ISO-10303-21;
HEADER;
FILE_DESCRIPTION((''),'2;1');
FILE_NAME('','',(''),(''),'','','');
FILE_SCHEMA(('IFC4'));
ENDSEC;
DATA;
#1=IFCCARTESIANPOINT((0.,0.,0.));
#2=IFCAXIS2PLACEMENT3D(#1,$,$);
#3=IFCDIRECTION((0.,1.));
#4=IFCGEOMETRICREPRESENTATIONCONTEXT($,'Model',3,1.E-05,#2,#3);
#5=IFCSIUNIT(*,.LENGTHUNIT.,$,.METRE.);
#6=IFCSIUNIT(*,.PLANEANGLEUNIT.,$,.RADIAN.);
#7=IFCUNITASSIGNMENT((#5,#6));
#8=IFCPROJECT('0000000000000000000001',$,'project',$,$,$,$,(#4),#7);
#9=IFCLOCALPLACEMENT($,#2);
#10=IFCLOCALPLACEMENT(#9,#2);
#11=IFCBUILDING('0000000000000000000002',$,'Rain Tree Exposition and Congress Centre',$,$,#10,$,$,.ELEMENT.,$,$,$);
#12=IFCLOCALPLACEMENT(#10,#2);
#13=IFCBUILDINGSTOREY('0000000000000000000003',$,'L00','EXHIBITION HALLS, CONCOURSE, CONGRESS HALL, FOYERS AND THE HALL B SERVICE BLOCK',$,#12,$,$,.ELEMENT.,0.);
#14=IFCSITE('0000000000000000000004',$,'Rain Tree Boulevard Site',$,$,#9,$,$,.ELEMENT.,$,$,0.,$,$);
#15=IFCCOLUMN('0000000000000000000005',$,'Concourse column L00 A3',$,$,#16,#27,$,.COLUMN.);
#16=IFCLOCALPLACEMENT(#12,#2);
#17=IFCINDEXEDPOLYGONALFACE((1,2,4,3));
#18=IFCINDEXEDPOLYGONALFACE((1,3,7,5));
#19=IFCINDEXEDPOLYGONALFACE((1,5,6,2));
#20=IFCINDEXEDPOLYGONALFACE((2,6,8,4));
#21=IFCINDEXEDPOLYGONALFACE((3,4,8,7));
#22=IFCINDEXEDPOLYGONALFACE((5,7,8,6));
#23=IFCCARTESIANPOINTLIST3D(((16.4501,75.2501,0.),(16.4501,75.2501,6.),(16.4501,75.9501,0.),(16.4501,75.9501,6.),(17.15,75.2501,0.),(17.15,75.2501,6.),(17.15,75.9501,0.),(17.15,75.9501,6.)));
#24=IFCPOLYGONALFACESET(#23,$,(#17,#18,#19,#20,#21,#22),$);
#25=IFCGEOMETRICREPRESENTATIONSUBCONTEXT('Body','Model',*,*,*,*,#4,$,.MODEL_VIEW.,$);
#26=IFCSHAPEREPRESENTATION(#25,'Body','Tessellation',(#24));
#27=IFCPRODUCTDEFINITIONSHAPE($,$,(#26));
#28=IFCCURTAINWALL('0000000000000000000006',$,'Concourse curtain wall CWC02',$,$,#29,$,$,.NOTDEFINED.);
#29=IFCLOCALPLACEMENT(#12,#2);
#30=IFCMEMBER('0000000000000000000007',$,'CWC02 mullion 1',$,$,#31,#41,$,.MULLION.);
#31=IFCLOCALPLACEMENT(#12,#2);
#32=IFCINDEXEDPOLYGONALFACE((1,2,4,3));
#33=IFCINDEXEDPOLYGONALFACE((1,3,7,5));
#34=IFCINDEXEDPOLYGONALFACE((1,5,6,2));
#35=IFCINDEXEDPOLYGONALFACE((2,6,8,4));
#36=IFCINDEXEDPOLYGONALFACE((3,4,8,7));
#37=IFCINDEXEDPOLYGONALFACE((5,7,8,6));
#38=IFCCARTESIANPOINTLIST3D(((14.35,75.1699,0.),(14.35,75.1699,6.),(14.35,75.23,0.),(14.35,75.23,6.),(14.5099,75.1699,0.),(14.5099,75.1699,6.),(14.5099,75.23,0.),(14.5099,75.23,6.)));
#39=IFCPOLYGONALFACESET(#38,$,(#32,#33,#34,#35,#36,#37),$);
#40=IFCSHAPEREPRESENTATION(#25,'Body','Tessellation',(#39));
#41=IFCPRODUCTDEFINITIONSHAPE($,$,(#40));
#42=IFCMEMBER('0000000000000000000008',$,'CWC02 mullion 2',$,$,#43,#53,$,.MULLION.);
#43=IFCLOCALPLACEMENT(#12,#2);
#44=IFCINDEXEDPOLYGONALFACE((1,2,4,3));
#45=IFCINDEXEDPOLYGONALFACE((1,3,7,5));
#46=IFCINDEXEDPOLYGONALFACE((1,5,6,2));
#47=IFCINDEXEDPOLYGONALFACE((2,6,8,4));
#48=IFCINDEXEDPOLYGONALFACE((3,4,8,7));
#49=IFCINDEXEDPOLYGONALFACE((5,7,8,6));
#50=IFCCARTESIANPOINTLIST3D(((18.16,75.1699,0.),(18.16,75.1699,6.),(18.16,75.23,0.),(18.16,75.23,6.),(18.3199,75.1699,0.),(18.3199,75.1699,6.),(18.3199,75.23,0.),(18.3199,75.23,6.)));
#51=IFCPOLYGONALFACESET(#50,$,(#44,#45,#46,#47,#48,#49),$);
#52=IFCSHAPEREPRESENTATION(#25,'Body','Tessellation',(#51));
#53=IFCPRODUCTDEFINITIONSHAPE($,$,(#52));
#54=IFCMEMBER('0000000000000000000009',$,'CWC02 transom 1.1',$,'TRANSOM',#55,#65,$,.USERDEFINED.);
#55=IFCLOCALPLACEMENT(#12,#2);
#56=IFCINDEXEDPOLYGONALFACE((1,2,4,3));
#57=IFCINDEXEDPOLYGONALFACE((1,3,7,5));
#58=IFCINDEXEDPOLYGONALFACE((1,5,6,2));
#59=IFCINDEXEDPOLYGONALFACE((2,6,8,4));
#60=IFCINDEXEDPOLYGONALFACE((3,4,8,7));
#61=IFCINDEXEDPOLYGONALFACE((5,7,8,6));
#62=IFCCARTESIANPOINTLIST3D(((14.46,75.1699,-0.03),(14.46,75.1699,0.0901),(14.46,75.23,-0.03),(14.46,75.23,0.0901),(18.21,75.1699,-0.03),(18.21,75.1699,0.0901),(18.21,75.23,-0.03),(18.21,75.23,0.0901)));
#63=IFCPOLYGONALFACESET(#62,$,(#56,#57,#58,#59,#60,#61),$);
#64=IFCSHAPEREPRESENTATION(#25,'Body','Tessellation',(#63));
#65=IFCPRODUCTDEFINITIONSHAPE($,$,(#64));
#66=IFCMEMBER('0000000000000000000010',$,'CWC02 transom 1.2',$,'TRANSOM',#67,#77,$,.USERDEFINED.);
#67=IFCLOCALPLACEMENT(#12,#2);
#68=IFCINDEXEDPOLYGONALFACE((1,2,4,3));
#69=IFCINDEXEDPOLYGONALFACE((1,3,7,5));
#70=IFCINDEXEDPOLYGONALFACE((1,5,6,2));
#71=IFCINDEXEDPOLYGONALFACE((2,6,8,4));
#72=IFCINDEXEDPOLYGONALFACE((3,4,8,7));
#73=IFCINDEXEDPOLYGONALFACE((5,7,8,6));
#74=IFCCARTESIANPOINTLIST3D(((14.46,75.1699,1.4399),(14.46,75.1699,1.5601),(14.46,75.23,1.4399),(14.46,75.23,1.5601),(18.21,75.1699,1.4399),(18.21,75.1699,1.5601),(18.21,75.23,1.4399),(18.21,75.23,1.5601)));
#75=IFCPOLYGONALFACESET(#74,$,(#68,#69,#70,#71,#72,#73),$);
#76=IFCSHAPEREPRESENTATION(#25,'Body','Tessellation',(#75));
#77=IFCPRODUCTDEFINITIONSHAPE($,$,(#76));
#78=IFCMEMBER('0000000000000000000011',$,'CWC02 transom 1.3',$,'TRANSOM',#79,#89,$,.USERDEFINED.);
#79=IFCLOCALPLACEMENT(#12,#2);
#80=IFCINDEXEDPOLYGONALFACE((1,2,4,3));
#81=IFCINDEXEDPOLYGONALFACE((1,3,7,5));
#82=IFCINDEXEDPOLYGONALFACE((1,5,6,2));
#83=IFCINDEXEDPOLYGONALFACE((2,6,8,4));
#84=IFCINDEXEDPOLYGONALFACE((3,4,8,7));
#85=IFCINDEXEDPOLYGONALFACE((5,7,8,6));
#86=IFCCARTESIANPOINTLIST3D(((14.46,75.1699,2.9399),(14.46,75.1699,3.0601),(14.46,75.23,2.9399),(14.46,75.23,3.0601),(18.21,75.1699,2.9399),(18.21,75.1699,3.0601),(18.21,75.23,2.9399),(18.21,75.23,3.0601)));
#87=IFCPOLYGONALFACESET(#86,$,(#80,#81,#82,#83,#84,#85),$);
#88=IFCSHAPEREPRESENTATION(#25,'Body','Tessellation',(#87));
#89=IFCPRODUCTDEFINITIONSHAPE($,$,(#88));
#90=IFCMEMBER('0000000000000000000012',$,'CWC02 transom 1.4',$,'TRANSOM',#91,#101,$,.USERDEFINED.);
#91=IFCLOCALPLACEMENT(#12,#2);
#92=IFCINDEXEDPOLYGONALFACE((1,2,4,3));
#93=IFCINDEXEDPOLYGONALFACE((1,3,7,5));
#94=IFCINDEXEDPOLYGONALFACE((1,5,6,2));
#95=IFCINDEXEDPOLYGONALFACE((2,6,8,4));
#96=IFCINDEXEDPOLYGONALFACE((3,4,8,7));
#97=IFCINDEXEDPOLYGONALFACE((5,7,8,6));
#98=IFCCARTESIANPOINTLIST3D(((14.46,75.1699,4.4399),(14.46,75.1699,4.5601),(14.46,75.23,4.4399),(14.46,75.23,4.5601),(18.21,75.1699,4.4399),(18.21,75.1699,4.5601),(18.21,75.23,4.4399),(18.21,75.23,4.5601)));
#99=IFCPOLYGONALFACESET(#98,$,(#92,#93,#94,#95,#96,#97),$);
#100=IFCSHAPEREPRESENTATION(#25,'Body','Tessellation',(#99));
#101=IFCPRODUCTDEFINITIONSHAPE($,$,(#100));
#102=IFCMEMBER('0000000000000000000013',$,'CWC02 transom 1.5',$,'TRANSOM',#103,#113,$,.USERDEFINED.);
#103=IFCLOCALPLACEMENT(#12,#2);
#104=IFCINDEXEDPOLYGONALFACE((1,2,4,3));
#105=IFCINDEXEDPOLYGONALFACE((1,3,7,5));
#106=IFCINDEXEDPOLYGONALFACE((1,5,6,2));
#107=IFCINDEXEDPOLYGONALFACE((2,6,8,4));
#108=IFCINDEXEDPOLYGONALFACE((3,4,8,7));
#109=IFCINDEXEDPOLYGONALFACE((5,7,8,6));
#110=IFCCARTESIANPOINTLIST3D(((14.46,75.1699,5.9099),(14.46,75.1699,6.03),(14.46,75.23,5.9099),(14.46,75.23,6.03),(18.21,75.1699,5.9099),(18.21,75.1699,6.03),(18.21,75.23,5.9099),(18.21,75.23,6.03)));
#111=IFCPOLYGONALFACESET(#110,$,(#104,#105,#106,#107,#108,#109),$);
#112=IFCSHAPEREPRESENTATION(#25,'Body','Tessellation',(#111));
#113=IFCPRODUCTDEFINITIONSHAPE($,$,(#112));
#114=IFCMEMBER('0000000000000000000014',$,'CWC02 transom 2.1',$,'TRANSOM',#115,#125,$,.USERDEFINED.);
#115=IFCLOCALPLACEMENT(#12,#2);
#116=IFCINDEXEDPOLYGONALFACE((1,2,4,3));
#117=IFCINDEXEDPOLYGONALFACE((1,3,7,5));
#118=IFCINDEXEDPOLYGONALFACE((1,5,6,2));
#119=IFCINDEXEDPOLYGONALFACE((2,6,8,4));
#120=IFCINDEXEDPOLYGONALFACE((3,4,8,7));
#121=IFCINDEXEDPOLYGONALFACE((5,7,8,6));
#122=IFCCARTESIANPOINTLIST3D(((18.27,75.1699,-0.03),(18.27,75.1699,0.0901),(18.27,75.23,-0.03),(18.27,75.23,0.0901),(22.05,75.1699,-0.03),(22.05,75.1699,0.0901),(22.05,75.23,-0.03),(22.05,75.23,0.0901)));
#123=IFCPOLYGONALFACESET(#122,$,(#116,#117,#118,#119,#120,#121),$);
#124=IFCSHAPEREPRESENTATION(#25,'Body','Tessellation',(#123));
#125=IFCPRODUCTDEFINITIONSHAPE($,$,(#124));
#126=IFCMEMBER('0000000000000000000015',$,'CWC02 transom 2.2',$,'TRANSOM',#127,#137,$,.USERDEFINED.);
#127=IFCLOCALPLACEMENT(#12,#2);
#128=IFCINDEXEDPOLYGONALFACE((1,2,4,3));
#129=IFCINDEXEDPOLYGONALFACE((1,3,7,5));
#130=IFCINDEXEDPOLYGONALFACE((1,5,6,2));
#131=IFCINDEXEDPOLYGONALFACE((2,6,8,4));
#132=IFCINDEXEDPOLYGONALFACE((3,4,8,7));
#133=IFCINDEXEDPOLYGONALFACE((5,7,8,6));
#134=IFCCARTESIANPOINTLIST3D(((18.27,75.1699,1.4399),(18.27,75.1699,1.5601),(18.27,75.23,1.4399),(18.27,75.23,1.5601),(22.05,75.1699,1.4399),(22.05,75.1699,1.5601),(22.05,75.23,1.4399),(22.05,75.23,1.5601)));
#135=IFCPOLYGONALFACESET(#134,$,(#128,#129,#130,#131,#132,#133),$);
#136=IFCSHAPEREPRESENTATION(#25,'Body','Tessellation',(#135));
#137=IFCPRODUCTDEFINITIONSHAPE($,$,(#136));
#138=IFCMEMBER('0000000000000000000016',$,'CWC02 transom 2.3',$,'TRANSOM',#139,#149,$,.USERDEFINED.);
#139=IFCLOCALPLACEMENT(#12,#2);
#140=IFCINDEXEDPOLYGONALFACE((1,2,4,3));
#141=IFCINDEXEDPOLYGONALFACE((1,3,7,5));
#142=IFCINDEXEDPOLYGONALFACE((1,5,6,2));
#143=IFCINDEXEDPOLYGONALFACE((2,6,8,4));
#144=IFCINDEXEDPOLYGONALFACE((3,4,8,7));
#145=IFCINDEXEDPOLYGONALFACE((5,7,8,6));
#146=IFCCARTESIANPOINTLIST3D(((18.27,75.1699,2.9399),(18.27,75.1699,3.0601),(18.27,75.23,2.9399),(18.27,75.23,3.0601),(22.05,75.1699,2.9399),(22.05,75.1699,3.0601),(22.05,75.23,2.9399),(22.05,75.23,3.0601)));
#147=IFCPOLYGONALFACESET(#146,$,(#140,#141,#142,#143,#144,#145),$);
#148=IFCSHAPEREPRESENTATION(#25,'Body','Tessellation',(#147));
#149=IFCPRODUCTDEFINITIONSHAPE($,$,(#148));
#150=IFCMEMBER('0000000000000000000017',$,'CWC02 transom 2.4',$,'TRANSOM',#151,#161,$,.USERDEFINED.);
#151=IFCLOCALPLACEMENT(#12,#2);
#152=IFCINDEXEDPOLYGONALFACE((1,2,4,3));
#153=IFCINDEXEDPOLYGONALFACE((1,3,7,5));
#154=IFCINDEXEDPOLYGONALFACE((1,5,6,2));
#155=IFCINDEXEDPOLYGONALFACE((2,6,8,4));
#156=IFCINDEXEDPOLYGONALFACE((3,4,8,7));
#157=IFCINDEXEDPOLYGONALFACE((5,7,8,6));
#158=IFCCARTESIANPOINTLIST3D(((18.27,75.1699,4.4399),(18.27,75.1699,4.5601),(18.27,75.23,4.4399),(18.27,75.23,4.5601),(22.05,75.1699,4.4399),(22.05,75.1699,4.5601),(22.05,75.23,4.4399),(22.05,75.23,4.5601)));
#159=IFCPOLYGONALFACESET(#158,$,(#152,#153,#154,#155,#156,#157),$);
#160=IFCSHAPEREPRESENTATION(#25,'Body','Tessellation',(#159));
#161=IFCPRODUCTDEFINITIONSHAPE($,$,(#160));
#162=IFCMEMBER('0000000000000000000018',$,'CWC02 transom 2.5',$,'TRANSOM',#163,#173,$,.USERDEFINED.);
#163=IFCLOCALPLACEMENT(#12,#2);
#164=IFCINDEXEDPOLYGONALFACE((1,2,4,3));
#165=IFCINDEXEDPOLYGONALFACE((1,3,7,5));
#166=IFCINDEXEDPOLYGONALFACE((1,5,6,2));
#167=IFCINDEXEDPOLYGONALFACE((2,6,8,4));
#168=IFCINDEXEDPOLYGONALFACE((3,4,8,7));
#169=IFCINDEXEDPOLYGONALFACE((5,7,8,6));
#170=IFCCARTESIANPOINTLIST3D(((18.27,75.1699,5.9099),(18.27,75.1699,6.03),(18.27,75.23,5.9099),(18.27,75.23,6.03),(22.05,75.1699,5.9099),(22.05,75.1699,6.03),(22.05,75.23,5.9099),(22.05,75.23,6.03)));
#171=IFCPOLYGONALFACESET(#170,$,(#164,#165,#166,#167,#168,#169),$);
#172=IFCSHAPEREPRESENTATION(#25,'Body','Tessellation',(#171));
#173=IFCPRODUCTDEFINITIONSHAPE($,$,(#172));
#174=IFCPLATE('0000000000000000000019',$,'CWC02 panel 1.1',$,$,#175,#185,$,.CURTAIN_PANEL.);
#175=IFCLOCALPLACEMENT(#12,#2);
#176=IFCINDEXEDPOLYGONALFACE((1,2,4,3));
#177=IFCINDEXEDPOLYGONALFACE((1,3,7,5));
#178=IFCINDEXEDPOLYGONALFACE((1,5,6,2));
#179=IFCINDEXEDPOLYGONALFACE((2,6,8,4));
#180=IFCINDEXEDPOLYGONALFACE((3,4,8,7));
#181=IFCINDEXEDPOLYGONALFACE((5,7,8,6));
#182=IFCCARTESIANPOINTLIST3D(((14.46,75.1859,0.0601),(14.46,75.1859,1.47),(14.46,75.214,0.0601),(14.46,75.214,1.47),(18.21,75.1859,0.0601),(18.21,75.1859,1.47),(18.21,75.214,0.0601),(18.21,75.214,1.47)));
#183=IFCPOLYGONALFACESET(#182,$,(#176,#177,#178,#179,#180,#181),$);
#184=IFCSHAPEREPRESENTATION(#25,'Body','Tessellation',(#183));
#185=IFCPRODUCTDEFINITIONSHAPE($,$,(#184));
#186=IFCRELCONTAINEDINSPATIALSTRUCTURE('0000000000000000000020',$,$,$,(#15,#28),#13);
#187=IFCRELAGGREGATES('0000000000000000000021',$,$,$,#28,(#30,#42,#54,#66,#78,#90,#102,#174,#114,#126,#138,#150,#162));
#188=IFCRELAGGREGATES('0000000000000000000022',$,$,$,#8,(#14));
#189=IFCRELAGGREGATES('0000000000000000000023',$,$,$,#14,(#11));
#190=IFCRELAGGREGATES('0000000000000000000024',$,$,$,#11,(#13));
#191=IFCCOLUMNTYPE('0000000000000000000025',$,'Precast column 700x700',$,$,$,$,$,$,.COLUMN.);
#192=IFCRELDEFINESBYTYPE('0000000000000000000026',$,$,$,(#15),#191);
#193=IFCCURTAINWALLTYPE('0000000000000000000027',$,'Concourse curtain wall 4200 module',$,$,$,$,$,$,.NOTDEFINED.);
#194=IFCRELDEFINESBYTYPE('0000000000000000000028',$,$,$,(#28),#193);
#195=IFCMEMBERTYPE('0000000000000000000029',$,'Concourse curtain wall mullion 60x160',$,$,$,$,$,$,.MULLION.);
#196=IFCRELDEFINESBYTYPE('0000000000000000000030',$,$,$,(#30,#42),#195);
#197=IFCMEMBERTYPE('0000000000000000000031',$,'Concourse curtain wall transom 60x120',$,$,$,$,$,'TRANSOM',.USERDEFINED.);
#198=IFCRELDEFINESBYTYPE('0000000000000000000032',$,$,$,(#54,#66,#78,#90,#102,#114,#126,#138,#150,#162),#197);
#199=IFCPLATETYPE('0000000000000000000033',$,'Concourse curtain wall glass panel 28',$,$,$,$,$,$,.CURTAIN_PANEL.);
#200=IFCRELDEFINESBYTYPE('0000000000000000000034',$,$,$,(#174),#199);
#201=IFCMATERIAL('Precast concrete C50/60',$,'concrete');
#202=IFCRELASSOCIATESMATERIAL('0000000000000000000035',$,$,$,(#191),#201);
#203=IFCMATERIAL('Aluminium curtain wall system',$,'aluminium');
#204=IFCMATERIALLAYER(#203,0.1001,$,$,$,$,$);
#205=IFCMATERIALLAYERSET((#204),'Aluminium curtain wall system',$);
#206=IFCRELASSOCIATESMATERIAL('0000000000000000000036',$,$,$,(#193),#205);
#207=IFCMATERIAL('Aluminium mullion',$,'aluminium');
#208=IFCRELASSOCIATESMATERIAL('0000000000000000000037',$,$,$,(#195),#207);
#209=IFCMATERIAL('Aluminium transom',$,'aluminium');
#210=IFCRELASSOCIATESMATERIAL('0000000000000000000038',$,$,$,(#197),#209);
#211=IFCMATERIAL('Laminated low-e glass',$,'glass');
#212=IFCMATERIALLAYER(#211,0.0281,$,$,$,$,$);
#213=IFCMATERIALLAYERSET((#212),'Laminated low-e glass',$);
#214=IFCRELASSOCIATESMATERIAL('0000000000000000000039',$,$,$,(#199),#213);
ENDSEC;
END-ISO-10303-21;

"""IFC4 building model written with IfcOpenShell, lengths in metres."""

from ifc_helpers import new_model, si_unit, direction, frame, origin, origin_2d, place, context, subcontext, project, spatial, rectangle, extrude, material, layer, layer_set, material_profile, profile_set, type_object, element, aggregate, save


model = new_model("IFC4")

# Units and contexts
model_context = context("Model", 3, precision=1e-05, world=origin(), true_north=direction((0.0, 1.0)))
body_context = subcontext(model_context, "Body", "Model", "MODEL_VIEW")
ifc_project = project(units=[si_unit("LENGTHUNIT", "METRE"), si_unit("PLANEANGLEUNIT", "RADIAN")], contexts=[model_context])

# Site, building, storey
site_placement = place(None, origin())
site = spatial("IfcSite", under=ifc_project, at=site_placement, Name="Rain Tree Boulevard Site", CompositionType="ELEMENT", RefElevation=0.0)
building_placement = place(site_placement, origin())
building = spatial("IfcBuilding", under=site, at=building_placement, Name="Rain Tree Exposition and Congress Centre", CompositionType="ELEMENT")
storey_placement = place(building_placement, origin())
storey = spatial("IfcBuildingStorey", under=building, at=storey_placement, Name="L00", Description="EXHIBITION HALLS, CONCOURSE, CONGRESS HALL, FOYERS AND THE HALL B SERVICE BLOCK", CompositionType="ELEMENT", Elevation=0.0)

# Column
ifc_material_1 = material(Name="Precast concrete C50/60", Category="concrete")
ifc_material_profile_1 = material_profile(ifc_material_1, rectangle(XDim=0.7, YDim=0.7, at=origin_2d()), Name="RC 700x700")
ifc_profile_set_1 = profile_set([ifc_material_profile_1], Name="Precast concrete C50/60")
column_type = type_object("IfcColumnType", Name="Precast column 700x700", PredefinedType="COLUMN", material=ifc_profile_set_1)
column_placement = place(storey_placement, frame((16.8, 75.6001, 0.0), z_axis=(0.0, 0.0, 1.0), x_axis=(1.0, 0.0, 0.0)))
element("IfcColumn", 1, at=column_placement, inside=storey, type_object=column_type, Name="Concourse column L00 A3", PredefinedType="COLUMN", context=body_context, shape_type="SweptSolid", body=[
    extrude(rectangle(XDim=0.7, YDim=0.7, at=origin_2d()), origin(), (0.0, 0.0, 1.0), 6.0),
])

# Curtain wall, members, plate
ifc_material_2 = material(Name="Aluminium curtain wall system", Category="aluminium")
ifc_layer_1 = layer(ifc_material_2, 0.1001)
ifc_layer_set_1 = layer_set([ifc_layer_1], Name="Aluminium curtain wall system")
curtain_wall_type = type_object("IfcCurtainWallType", Name="Concourse curtain wall 4200 module", PredefinedType="NOTDEFINED", material=ifc_layer_set_1)
curtain_wall_placement = place(storey_placement, origin())
curtain_wall = element("IfcCurtainWall", 2, at=curtain_wall_placement, inside=storey, type_object=curtain_wall_type, Name="Concourse curtain wall CWC02", PredefinedType="NOTDEFINED")
ifc_material_3 = material(Name="Aluminium mullion", Category="aluminium")
ifc_material_profile_2 = material_profile(ifc_material_3, rectangle(XDim=0.0601, YDim=0.1599, at=origin_2d()), Name="AL 60x160")
ifc_profile_set_2 = profile_set([ifc_material_profile_2], Name="Aluminium mullion")
member_type_1 = type_object("IfcMemberType", Name="Concourse curtain wall mullion 60x160", PredefinedType="MULLION", material=ifc_profile_set_2)
member_1_placement = place(storey_placement, frame((14.4299, 75.2, 0.0), z_axis=(0.0, 0.0, 1.0), x_axis=(0.0, 1.0, 0.0)))
member_1 = element("IfcMember", 3, at=member_1_placement, type_object=member_type_1, Name="CWC02 mullion 1", PredefinedType="MULLION", context=body_context, shape_type="SweptSolid", body=[
    extrude(rectangle(XDim=0.0601, YDim=0.1599, at=origin_2d()), origin(), (0.0, 0.0, 1.0), 6.0),
])
member_2_placement = place(storey_placement, frame((18.24, 75.2, 0.0), z_axis=(0.0, 0.0, 1.0), x_axis=(0.0, 1.0, 0.0)))
member_2 = element("IfcMember", 4, at=member_2_placement, type_object=member_type_1, Name="CWC02 mullion 2", PredefinedType="MULLION", context=body_context, shape_type="SweptSolid", body=[
    extrude(rectangle(XDim=0.0601, YDim=0.1599, at=origin_2d()), origin(), (0.0, 0.0, 1.0), 6.0),
])
ifc_material_4 = material(Name="Aluminium transom", Category="aluminium")
ifc_material_profile_3 = material_profile(ifc_material_4, rectangle(XDim=0.0601, YDim=0.1201, at=origin_2d()), Name="AL 60x120")
ifc_profile_set_3 = profile_set([ifc_material_profile_3], Name="Aluminium transom")
member_type_2 = type_object("IfcMemberType", Name="Concourse curtain wall transom 60x120", ElementType="TRANSOM", PredefinedType="USERDEFINED", material=ifc_profile_set_3)
member_3_placement = place(storey_placement, frame((14.46, 75.2, 0.03), z_axis=(1.0, 0.0, 0.0), x_axis=(0.0, 1.0, 0.0)))
member_3 = element("IfcMember", 5, at=member_3_placement, type_object=member_type_2, Name="CWC02 transom 1.1", ObjectType="TRANSOM", PredefinedType="USERDEFINED", context=body_context, shape_type="SweptSolid", body=[
    extrude(rectangle(XDim=0.0601, YDim=0.1201, at=origin_2d()), origin(), (0.0, 0.0, 1.0), 3.75),
])
member_4_placement = place(storey_placement, frame((14.46, 75.2, 1.5), z_axis=(1.0, 0.0, 0.0), x_axis=(0.0, 1.0, 0.0)))
member_4 = element("IfcMember", 6, at=member_4_placement, type_object=member_type_2, Name="CWC02 transom 1.2", ObjectType="TRANSOM", PredefinedType="USERDEFINED", context=body_context, shape_type="SweptSolid", body=[
    extrude(rectangle(XDim=0.0601, YDim=0.1201, at=origin_2d()), origin(), (0.0, 0.0, 1.0), 3.75),
])
member_5_placement = place(storey_placement, frame((14.46, 75.2, 3.0), z_axis=(1.0, 0.0, 0.0), x_axis=(0.0, 1.0, 0.0)))
member_5 = element("IfcMember", 7, at=member_5_placement, type_object=member_type_2, Name="CWC02 transom 1.3", ObjectType="TRANSOM", PredefinedType="USERDEFINED", context=body_context, shape_type="SweptSolid", body=[
    extrude(rectangle(XDim=0.0601, YDim=0.1201, at=origin_2d()), origin(), (0.0, 0.0, 1.0), 3.75),
])
member_6_placement = place(storey_placement, frame((14.46, 75.2, 4.5), z_axis=(1.0, 0.0, 0.0), x_axis=(0.0, 1.0, 0.0)))
member_6 = element("IfcMember", 8, at=member_6_placement, type_object=member_type_2, Name="CWC02 transom 1.4", ObjectType="TRANSOM", PredefinedType="USERDEFINED", context=body_context, shape_type="SweptSolid", body=[
    extrude(rectangle(XDim=0.0601, YDim=0.1201, at=origin_2d()), origin(), (0.0, 0.0, 1.0), 3.75),
])
member_7_placement = place(storey_placement, frame((14.46, 75.2, 5.97), z_axis=(1.0, 0.0, 0.0), x_axis=(0.0, 1.0, 0.0)))
member_7 = element("IfcMember", 9, at=member_7_placement, type_object=member_type_2, Name="CWC02 transom 1.5", ObjectType="TRANSOM", PredefinedType="USERDEFINED", context=body_context, shape_type="SweptSolid", body=[
    extrude(rectangle(XDim=0.0601, YDim=0.1201, at=origin_2d()), origin(), (0.0, 0.0, 1.0), 3.75),
])
member_8_placement = place(storey_placement, frame((18.27, 75.2, 0.03), z_axis=(1.0, 0.0, 0.0), x_axis=(0.0, 1.0, 0.0)))
member_8 = element("IfcMember", 10, at=member_8_placement, type_object=member_type_2, Name="CWC02 transom 2.1", ObjectType="TRANSOM", PredefinedType="USERDEFINED", context=body_context, shape_type="SweptSolid", body=[
    extrude(rectangle(XDim=0.0601, YDim=0.1201, at=origin_2d()), origin(), (0.0, 0.0, 1.0), 3.78),
])
member_9_placement = place(storey_placement, frame((18.27, 75.2, 1.5), z_axis=(1.0, 0.0, 0.0), x_axis=(0.0, 1.0, 0.0)))
member_9 = element("IfcMember", 11, at=member_9_placement, type_object=member_type_2, Name="CWC02 transom 2.2", ObjectType="TRANSOM", PredefinedType="USERDEFINED", context=body_context, shape_type="SweptSolid", body=[
    extrude(rectangle(XDim=0.0601, YDim=0.1201, at=origin_2d()), origin(), (0.0, 0.0, 1.0), 3.78),
])
member_10_placement = place(storey_placement, frame((18.27, 75.2, 3.0), z_axis=(1.0, 0.0, 0.0), x_axis=(0.0, 1.0, 0.0)))
member_10 = element("IfcMember", 12, at=member_10_placement, type_object=member_type_2, Name="CWC02 transom 2.3", ObjectType="TRANSOM", PredefinedType="USERDEFINED", context=body_context, shape_type="SweptSolid", body=[
    extrude(rectangle(XDim=0.0601, YDim=0.1201, at=origin_2d()), origin(), (0.0, 0.0, 1.0), 3.78),
])
member_11_placement = place(storey_placement, frame((18.27, 75.2, 4.5), z_axis=(1.0, 0.0, 0.0), x_axis=(0.0, 1.0, 0.0)))
member_11 = element("IfcMember", 13, at=member_11_placement, type_object=member_type_2, Name="CWC02 transom 2.4", ObjectType="TRANSOM", PredefinedType="USERDEFINED", context=body_context, shape_type="SweptSolid", body=[
    extrude(rectangle(XDim=0.0601, YDim=0.1201, at=origin_2d()), origin(), (0.0, 0.0, 1.0), 3.78),
])
member_12_placement = place(storey_placement, frame((18.27, 75.2, 5.97), z_axis=(1.0, 0.0, 0.0), x_axis=(0.0, 1.0, 0.0)))
member_12 = element("IfcMember", 14, at=member_12_placement, type_object=member_type_2, Name="CWC02 transom 2.5", ObjectType="TRANSOM", PredefinedType="USERDEFINED", context=body_context, shape_type="SweptSolid", body=[
    extrude(rectangle(XDim=0.0601, YDim=0.1201, at=origin_2d()), origin(), (0.0, 0.0, 1.0), 3.78),
])
ifc_material_5 = material(Name="Laminated low-e glass", Category="glass")
ifc_layer_2 = layer(ifc_material_5, 0.0281)
ifc_layer_set_2 = layer_set([ifc_layer_2], Name="Laminated low-e glass")
plate_type = type_object("IfcPlateType", Name="Concourse curtain wall glass panel 28", PredefinedType="CURTAIN_PANEL", material=ifc_layer_set_2)
plate_1_placement = place(storey_placement, frame((16.335, 75.2, 0.0601), z_axis=(0.0, 0.0, 1.0), x_axis=(1.0, 0.0, 0.0)))
plate_1 = element("IfcPlate", 15, at=plate_1_placement, type_object=plate_type, Name="CWC02 panel 1.1", PredefinedType="CURTAIN_PANEL", context=body_context, shape_type="SweptSolid", body=[
    extrude(rectangle(XDim=3.75, YDim=0.0281, at=origin_2d()), origin(), (0.0, 0.0, 1.0), 1.4099),
])
aggregate(curtain_wall, [member_1, member_2, member_3, member_4, member_5, member_6, member_7, plate_1, member_8, member_9, member_10, member_11, member_12])

save(model, "model.ifc")
